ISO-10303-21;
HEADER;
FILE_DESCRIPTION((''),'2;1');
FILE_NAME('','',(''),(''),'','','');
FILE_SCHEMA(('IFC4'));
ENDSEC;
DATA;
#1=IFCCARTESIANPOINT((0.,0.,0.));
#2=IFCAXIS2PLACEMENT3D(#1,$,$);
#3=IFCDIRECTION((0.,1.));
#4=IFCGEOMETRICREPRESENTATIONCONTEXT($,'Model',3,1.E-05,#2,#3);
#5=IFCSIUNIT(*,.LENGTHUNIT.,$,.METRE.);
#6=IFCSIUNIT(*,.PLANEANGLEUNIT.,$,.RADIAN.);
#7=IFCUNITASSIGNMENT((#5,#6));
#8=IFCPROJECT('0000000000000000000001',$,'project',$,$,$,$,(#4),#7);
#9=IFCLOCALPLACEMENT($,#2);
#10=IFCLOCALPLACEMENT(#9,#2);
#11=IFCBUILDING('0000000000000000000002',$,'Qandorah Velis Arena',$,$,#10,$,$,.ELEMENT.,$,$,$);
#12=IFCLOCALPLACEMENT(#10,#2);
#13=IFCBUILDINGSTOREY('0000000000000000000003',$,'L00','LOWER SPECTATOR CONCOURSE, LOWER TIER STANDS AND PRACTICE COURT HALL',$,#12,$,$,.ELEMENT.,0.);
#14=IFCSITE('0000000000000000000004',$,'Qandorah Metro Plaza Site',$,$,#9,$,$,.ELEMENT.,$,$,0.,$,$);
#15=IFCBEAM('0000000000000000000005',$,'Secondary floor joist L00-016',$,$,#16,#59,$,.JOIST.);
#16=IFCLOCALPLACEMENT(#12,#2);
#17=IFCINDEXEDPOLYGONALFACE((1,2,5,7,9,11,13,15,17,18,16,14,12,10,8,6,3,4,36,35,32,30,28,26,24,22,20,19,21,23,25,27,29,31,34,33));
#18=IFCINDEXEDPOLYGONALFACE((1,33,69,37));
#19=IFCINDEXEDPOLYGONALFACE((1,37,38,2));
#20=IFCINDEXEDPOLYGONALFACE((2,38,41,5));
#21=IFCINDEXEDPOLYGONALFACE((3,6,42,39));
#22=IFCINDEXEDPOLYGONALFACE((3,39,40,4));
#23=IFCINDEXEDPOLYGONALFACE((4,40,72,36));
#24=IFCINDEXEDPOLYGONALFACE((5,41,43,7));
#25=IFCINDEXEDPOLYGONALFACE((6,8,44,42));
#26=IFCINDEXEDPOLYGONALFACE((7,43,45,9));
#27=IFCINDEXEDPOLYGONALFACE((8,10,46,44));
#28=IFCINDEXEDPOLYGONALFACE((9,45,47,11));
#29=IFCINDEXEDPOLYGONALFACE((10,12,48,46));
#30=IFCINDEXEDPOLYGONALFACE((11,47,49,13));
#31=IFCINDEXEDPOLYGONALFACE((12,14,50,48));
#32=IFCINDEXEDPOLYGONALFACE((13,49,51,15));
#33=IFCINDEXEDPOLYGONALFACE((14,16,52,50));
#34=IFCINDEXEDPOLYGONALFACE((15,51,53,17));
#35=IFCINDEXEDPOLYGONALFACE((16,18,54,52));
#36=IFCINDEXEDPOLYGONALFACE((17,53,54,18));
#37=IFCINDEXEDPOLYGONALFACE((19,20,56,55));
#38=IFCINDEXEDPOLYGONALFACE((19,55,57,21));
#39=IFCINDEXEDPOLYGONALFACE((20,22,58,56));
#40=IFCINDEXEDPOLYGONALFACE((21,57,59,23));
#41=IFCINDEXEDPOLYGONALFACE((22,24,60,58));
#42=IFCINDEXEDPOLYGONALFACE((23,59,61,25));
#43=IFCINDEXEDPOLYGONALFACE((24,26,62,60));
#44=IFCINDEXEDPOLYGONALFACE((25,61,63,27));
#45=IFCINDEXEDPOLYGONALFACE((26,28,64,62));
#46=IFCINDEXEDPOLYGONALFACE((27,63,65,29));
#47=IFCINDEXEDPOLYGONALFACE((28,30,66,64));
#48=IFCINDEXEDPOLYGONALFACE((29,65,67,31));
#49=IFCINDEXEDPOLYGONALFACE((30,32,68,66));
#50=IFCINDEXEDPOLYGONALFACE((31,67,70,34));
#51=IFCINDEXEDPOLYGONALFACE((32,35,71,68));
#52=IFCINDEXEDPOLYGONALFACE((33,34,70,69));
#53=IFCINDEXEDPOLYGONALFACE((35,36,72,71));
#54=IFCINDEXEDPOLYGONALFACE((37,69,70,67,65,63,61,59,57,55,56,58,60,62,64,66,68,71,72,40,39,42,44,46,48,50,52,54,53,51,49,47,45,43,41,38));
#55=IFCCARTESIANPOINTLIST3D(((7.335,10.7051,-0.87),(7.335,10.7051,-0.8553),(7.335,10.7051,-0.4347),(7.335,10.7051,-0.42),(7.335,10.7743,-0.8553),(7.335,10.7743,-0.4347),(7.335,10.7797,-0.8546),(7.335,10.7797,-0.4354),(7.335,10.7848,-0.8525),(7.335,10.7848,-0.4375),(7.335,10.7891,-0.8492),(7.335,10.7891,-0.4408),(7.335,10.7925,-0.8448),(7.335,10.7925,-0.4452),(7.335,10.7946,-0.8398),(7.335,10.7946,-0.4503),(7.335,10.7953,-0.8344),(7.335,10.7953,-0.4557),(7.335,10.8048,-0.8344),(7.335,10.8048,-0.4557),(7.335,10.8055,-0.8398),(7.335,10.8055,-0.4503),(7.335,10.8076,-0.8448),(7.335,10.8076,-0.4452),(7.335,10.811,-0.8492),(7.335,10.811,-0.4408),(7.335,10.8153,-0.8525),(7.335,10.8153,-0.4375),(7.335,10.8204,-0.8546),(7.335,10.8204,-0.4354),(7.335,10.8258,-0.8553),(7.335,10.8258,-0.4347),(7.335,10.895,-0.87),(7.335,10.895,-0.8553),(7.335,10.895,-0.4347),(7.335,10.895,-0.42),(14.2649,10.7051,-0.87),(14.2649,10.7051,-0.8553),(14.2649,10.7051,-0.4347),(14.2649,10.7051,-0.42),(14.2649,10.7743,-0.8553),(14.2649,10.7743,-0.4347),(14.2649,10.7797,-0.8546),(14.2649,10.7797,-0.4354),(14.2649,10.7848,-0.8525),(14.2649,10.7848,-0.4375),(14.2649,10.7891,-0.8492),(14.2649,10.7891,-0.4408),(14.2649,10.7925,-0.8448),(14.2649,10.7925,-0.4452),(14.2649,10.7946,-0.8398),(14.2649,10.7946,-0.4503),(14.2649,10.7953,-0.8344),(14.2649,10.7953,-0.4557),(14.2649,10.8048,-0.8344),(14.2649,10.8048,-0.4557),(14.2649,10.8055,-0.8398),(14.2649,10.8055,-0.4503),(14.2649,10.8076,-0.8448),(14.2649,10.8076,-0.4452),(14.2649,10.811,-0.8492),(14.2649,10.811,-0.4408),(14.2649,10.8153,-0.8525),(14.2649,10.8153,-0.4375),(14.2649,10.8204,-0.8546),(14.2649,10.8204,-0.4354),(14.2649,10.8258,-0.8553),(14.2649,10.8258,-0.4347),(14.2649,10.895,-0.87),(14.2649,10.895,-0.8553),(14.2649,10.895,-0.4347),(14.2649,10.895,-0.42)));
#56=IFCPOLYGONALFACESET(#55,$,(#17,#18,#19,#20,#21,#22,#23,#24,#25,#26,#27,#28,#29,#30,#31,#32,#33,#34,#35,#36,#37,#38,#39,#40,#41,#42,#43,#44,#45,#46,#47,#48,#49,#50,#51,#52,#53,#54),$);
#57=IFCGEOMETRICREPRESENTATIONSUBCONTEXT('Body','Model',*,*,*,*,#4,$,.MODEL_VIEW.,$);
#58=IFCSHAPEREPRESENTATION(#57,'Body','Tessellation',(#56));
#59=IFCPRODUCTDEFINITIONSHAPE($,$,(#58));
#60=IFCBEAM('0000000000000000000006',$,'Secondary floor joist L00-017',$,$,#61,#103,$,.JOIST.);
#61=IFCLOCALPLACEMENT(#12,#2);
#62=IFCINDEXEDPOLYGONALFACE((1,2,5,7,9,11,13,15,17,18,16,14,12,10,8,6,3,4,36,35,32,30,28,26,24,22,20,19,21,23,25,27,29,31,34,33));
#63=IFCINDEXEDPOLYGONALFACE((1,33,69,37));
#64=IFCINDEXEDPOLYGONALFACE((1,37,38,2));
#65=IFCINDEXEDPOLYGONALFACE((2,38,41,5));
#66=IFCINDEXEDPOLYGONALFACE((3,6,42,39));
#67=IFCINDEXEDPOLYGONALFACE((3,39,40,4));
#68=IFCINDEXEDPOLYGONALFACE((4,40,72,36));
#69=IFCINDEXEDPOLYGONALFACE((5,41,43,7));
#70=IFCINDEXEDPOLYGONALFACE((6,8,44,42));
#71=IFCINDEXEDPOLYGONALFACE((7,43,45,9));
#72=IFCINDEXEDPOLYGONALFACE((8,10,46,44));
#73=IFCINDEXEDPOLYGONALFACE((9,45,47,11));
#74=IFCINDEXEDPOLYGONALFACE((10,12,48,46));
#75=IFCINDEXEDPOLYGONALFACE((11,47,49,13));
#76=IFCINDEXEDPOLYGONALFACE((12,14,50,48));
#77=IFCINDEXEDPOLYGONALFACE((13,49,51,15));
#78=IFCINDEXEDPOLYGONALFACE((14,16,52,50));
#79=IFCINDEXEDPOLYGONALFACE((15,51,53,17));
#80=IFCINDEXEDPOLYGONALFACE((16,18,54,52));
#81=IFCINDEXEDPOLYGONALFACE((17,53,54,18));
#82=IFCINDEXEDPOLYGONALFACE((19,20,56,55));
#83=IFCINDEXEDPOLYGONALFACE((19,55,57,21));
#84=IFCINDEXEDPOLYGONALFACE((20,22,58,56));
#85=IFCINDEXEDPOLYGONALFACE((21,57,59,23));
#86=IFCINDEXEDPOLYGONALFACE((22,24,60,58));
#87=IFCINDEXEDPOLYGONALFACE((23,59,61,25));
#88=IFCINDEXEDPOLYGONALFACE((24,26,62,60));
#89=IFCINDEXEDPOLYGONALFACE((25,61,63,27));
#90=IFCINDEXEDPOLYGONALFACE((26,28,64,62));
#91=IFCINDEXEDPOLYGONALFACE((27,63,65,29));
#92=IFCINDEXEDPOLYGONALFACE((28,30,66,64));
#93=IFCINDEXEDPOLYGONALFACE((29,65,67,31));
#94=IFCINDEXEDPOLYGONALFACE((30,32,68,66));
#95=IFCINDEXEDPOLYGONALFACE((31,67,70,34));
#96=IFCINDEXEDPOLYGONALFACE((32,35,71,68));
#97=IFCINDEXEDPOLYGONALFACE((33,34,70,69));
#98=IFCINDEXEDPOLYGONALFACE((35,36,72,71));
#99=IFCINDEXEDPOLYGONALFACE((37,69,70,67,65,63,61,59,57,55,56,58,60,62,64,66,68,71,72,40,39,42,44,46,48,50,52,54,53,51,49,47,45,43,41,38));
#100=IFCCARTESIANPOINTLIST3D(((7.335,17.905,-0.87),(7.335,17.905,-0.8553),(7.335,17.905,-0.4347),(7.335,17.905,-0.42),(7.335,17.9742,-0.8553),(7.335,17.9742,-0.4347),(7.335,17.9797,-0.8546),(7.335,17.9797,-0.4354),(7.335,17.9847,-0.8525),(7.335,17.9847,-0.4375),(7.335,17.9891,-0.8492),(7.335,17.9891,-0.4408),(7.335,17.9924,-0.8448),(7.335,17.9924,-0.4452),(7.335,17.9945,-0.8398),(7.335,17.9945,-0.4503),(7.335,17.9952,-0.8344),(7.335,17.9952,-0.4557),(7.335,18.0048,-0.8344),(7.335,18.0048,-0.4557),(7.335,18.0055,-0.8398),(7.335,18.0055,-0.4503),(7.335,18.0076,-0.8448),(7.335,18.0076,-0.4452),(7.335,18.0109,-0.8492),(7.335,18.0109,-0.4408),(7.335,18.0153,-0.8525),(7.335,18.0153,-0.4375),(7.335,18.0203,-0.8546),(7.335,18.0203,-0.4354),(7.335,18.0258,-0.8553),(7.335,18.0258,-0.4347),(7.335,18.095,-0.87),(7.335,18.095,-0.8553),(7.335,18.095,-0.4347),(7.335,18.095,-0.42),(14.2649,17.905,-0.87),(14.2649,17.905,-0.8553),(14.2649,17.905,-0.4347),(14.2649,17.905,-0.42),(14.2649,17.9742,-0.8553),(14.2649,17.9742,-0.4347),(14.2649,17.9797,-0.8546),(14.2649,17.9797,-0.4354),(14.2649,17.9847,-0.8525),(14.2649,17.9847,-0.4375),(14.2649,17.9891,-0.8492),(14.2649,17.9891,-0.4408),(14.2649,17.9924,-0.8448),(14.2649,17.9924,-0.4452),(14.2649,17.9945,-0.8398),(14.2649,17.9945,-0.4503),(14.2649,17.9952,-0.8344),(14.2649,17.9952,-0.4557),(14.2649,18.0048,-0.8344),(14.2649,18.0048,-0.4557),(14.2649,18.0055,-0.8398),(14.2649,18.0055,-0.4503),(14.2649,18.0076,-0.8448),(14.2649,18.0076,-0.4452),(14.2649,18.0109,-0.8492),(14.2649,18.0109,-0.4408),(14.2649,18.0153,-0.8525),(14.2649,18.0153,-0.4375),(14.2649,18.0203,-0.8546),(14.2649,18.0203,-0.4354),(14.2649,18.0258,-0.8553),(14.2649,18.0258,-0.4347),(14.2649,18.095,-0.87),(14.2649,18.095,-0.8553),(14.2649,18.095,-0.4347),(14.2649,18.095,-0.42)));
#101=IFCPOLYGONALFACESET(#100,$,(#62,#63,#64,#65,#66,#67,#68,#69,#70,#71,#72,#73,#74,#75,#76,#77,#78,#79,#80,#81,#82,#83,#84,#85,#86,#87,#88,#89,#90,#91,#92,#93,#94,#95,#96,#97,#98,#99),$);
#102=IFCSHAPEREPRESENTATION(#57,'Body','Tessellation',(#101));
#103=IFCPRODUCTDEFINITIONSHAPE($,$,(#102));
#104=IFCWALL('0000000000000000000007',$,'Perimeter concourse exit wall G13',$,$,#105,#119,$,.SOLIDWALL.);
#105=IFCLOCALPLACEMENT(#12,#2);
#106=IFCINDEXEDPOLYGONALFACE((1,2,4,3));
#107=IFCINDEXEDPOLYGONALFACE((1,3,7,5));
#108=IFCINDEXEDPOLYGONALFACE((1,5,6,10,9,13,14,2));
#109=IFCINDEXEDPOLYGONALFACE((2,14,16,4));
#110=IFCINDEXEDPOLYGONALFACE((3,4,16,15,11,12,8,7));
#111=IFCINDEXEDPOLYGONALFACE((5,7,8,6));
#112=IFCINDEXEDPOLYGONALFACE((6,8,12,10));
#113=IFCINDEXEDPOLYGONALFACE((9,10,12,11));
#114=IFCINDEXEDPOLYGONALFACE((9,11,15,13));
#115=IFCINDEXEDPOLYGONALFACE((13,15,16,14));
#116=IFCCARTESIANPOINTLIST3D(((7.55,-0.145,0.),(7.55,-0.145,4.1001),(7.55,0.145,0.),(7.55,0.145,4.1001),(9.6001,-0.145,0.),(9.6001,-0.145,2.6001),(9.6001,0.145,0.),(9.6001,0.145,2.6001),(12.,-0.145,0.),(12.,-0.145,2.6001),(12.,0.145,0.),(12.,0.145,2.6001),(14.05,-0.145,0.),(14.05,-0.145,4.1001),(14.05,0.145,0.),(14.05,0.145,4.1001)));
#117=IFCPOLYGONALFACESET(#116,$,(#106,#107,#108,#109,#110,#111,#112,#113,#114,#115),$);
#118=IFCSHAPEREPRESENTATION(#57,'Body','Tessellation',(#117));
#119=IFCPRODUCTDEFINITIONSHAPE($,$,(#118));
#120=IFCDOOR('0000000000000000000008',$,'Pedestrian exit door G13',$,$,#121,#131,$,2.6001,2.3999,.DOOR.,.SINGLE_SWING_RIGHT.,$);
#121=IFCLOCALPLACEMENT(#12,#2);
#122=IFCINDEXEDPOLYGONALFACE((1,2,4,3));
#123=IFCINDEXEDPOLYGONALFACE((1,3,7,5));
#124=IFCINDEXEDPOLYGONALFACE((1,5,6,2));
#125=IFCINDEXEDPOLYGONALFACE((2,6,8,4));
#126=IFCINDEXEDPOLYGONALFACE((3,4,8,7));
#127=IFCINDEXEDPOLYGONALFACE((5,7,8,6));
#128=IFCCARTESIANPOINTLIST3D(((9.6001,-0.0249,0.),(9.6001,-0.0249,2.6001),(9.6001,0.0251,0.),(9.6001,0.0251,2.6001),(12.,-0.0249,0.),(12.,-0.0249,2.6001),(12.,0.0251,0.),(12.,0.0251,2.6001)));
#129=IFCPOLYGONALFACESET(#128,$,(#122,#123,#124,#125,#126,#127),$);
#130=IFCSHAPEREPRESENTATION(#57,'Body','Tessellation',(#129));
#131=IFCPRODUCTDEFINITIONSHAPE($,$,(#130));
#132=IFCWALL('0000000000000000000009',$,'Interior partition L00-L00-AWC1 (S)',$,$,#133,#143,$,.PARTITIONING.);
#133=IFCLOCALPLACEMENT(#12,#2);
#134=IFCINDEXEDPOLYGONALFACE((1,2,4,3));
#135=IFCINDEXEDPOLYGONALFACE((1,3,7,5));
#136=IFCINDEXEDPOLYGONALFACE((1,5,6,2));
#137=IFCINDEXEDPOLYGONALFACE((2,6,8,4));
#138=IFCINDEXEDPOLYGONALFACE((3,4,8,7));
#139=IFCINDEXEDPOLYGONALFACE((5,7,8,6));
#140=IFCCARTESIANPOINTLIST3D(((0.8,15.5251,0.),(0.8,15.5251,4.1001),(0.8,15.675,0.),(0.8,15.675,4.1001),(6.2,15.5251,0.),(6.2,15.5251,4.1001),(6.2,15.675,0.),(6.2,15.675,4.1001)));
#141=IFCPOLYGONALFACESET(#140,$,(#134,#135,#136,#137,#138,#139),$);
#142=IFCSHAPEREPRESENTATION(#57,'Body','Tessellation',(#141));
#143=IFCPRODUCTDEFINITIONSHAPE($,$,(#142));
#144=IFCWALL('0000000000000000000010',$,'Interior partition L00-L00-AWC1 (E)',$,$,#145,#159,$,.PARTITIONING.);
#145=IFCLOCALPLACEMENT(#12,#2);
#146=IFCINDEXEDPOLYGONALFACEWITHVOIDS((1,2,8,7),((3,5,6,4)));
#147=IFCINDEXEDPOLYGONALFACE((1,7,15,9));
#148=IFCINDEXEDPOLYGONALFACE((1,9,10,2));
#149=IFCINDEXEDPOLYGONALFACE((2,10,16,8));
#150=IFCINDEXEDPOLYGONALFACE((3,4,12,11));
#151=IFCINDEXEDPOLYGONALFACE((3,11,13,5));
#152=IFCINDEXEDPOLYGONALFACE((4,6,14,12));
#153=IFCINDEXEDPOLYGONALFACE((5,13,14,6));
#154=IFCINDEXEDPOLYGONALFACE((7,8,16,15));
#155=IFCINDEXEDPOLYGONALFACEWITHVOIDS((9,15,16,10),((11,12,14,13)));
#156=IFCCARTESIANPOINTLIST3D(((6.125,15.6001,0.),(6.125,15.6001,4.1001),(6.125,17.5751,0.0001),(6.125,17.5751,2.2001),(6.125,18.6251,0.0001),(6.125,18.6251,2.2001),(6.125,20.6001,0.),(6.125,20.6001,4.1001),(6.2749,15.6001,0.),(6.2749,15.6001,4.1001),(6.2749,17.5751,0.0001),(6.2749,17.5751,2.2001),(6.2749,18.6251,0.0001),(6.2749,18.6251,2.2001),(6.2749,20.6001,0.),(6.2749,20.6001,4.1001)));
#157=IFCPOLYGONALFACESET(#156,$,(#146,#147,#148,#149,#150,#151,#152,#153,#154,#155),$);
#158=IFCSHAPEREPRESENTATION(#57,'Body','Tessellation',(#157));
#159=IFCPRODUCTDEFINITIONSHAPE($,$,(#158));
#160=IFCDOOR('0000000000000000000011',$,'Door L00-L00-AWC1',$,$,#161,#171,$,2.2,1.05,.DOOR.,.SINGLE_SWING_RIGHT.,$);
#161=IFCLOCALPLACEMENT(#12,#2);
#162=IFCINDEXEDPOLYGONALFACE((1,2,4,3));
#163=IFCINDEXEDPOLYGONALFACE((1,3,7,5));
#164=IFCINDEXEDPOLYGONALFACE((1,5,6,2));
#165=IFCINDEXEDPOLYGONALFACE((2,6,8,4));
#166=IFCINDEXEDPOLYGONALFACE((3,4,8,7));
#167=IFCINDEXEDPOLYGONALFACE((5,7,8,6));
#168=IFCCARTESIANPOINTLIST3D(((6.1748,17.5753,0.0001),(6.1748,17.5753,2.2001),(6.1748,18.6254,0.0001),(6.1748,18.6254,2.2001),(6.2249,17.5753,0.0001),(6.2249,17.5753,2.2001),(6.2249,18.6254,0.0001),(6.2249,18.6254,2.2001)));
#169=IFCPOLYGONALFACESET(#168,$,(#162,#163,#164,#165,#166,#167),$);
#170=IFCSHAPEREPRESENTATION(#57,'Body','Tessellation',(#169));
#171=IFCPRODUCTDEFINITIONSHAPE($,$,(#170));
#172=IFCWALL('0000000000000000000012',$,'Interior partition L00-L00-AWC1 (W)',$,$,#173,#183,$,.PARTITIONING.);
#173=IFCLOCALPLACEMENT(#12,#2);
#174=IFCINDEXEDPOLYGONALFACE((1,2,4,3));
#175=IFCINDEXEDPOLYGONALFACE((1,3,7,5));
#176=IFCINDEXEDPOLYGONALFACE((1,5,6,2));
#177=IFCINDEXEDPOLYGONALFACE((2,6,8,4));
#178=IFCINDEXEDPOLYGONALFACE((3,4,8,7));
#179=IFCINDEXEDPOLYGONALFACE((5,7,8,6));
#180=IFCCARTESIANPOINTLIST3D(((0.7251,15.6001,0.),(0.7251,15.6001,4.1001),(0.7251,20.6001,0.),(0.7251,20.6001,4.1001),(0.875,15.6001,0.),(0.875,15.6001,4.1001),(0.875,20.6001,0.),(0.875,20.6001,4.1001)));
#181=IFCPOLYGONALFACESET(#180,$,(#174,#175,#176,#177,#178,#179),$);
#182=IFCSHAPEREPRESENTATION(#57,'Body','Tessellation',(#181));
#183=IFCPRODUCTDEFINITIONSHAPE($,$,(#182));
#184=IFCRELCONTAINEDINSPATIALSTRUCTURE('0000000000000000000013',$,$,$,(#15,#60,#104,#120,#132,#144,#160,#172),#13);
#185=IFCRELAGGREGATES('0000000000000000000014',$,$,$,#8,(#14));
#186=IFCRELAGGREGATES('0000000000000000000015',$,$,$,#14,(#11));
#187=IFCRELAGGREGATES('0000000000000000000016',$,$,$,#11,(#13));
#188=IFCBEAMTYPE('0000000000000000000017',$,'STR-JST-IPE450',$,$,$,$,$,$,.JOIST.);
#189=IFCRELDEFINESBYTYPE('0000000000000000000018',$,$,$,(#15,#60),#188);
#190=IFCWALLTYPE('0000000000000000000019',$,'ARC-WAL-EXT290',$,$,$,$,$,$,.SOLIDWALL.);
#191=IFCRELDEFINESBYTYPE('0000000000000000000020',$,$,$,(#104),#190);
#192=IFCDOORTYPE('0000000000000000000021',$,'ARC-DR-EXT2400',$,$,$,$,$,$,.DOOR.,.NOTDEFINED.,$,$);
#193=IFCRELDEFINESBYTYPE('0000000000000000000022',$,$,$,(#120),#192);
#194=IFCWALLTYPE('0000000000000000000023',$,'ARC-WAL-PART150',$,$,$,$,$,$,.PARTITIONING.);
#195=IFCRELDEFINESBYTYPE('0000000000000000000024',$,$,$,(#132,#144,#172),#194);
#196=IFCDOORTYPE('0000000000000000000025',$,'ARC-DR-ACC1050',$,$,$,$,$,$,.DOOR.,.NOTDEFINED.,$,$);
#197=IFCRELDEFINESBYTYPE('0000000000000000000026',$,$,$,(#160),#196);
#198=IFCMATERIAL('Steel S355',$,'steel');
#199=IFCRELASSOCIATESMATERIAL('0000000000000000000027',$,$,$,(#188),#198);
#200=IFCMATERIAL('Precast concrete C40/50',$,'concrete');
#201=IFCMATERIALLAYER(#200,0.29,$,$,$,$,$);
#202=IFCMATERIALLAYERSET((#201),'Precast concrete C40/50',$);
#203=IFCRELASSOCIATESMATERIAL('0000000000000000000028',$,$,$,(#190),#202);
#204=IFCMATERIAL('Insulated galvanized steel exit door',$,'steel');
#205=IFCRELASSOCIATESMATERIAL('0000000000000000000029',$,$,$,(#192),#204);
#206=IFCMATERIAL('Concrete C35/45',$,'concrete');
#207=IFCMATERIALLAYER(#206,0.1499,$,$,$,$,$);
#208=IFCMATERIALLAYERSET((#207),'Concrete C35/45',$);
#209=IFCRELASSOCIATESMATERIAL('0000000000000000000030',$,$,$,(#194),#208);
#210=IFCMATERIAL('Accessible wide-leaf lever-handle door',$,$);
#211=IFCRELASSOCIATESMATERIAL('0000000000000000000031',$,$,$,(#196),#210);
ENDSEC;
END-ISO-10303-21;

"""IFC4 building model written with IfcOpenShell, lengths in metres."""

from ifc_helpers import new_model, si_unit, direction, frame, frame_2d, origin, origin_2d, place, context, subcontext, project, spatial, rectangle, i_section, extrude, material, layer, layer_set, material_profile, profile_set, type_object, element, fill, save


model = new_model("IFC4")

# Units and contexts
model_context = context("Model", 3, precision=1e-05, world=origin(), true_north=direction((0.0, 1.0)))
body_context = subcontext(model_context, "Body", "Model", "MODEL_VIEW")
ifc_project = project(units=[si_unit("LENGTHUNIT", "METRE"), si_unit("PLANEANGLEUNIT", "RADIAN")], contexts=[model_context])

# Site, building, storey
site_placement = place(None, origin())
site = spatial("IfcSite", under=ifc_project, at=site_placement, Name="Qandorah Metro Plaza Site", CompositionType="ELEMENT", RefElevation=0.0)
building_placement = place(site_placement, origin())
building = spatial("IfcBuilding", under=site, at=building_placement, Name="Qandorah Velis Arena", CompositionType="ELEMENT")
storey_placement = place(building_placement, origin())
storey = spatial("IfcBuildingStorey", under=building, at=storey_placement, Name="L00", Description="LOWER SPECTATOR CONCOURSE, LOWER TIER STANDS AND PRACTICE COURT HALL", CompositionType="ELEMENT", Elevation=0.0)

# Beams
ifc_material_1 = material(Name="Steel S355", Category="steel")
ifc_material_profile_1 = material_profile(ifc_material_1, i_section(OverallWidth=0.1899, OverallDepth=0.45, WebThickness=0.0095, FlangeThickness=0.0146, FilletRadius=0.021, at=origin_2d()), Name="IPE 450")
ifc_profile_set_1 = profile_set([ifc_material_profile_1], Name="Steel S355")
beam_type_1 = type_object("IfcBeamType", Name="STR-JST-IPE450", PredefinedType="JOIST", material=ifc_profile_set_1)
for number, where, z_axis, x_axis, name in (
    (1, (7.335, 10.8, -0.645), (1.0, 0.0, 0.0), (0.0, 1.0, 0.0), "Secondary floor joist L00-016"),
    (2, (7.335, 18.0, -0.645), (1.0, 0.0, 0.0), (0.0, 1.0, 0.0), "Secondary floor joist L00-017"),
):
    element("IfcBeam", number, at=place(storey_placement, frame(where, z_axis=z_axis, x_axis=x_axis)), inside=storey, type_object=beam_type_1, Name=name, PredefinedType="JOIST", context=body_context, shape_type="SweptSolid", body=[
        extrude(i_section(OverallWidth=0.1899, OverallDepth=0.45, WebThickness=0.0095, FlangeThickness=0.0146, FilletRadius=0.021, at=origin_2d()), origin(), (0.0, 0.0, 1.0), 6.9299),
    ])

# Wall, opening, door
ifc_material_2 = material(Name="Precast concrete C40/50", Category="concrete")
ifc_layer_1 = layer(ifc_material_2, 0.29)
ifc_layer_set_1 = layer_set([ifc_layer_1], Name="Precast concrete C40/50")
wall_type_1 = type_object("IfcWallType", Name="ARC-WAL-EXT290", PredefinedType="SOLIDWALL", material=ifc_layer_set_1)
wall_1_placement = place(storey_placement, frame((7.55, 0.0, 0.0), z_axis=(0.0, 0.0, 1.0), x_axis=(1.0, 0.0, 0.0)))
wall_1 = element("IfcWall", 3, at=wall_1_placement, inside=storey, type_object=wall_type_1, Name="Perimeter concourse exit wall G13", PredefinedType="SOLIDWALL", context=body_context, shape_type="SweptSolid", body=[
    extrude(rectangle(XDim=6.5, YDim=0.29, at=frame_2d((3.25, 0.0))), origin(), (0.0, 0.0, 1.0), 4.1001),
])
opening_1_placement = place(wall_1_placement, frame((2.05, 0.0, 0.0)))
opening_1 = element("IfcOpeningElement", 4, at=opening_1_placement, cuts=wall_1, PredefinedType="OPENING", context=body_context, shape_type="SweptSolid", body=[
    extrude(rectangle(XDim=2.3999, YDim=2.6001, at=frame_2d((1.2, 1.3))), frame((0.0, 0.155, 0.0), z_axis=(0.0, -1.0, 0.0), x_axis=(1.0, 0.0, 0.0)), (0.0, 0.0, 1.0), 0.3101),
])
ifc_material_3 = material(Name="Insulated galvanized steel exit door", Category="steel")
door_type_1 = type_object("IfcDoorType", Name="ARC-DR-EXT2400", OperationType="NOTDEFINED", PredefinedType="DOOR", material=ifc_material_3)
door_1_placement = place(opening_1_placement, frame((2.3999, 0.0, 0.0), z_axis=(0.0, 0.0, 1.0), x_axis=(-1.0, 0.0, 0.0)))
door_1 = element("IfcDoor", 5, at=door_1_placement, inside=storey, type_object=door_type_1, Name="Pedestrian exit door G13", OperationType="SINGLE_SWING_RIGHT", OverallHeight=2.6001, OverallWidth=2.3999, PredefinedType="DOOR", context=body_context, shape_type="SweptSolid", body=[
    extrude(rectangle(XDim=2.3999, YDim=2.6001, at=frame_2d((1.2, 1.3))), frame((0.0, 0.0249, 0.0), z_axis=(0.0, -1.0, 0.0), x_axis=(1.0, 0.0, 0.0)), (0.0, 0.0, 1.0), 0.05),
])
fill(opening_1, door_1)

# Wall
ifc_material_4 = material(Name="Concrete C35/45", Category="concrete")
ifc_layer_2 = layer(ifc_material_4, 0.1499)
ifc_layer_set_2 = layer_set([ifc_layer_2], Name="Concrete C35/45")
wall_type_2 = type_object("IfcWallType", Name="ARC-WAL-PART150", PredefinedType="PARTITIONING", material=ifc_layer_set_2)
wall_2_placement = place(storey_placement, frame((0.8, 15.6001, 0.0), z_axis=(0.0, 0.0, 1.0), x_axis=(1.0, 0.0, 0.0)))
element("IfcWall", 6, at=wall_2_placement, inside=storey, type_object=wall_type_2, Name="Interior partition L00-L00-AWC1 (S)", PredefinedType="PARTITIONING", context=body_context, shape_type="SweptSolid", body=[
    extrude(rectangle(XDim=5.3999, YDim=0.1499, at=frame_2d((2.7, 0.0))), origin(), (0.0, 0.0, 1.0), 4.1001),
])

# Wall, opening, door
wall_3_placement = place(storey_placement, frame((6.2, 15.6001, 0.0), z_axis=(0.0, 0.0, 1.0), x_axis=(0.0, 1.0, 0.0)))
wall_3 = element("IfcWall", 7, at=wall_3_placement, inside=storey, type_object=wall_type_2, Name="Interior partition L00-L00-AWC1 (E)", PredefinedType="PARTITIONING", context=body_context, shape_type="SweptSolid", body=[
    extrude(rectangle(XDim=5.0, YDim=0.1499, at=frame_2d((2.5, 0.0))), origin(), (0.0, 0.0, 1.0), 4.1001),
])
opening_2_placement = place(wall_3_placement, frame((1.9751, 0.0, 0.0)))
opening_2 = element("IfcOpeningElement", 8, at=opening_2_placement, cuts=wall_3, PredefinedType="OPENING", context=body_context, shape_type="SweptSolid", body=[
    extrude(rectangle(XDim=1.05, YDim=2.2, at=frame_2d((0.5249, 1.1001))), frame((0.0, 0.085, 0.0), z_axis=(0.0, -1.0, 0.0), x_axis=(1.0, 0.0, 0.0)), (0.0, 0.0, 1.0), 0.1699),
])
ifc_material_5 = material(Name="Accessible wide-leaf lever-handle door")
door_type_2 = type_object("IfcDoorType", Name="ARC-DR-ACC1050", OperationType="NOTDEFINED", PredefinedType="DOOR", material=ifc_material_5)
door_2_placement = place(opening_2_placement, frame((1.05, 0.0, 0.0), z_axis=(0.0, 0.0, 1.0), x_axis=(-1.0, 0.0, 0.0)))
door_2 = element("IfcDoor", 9, at=door_2_placement, inside=storey, type_object=door_type_2, Name="Door L00-L00-AWC1", OperationType="SINGLE_SWING_RIGHT", OverallHeight=2.2, OverallWidth=1.05, PredefinedType="DOOR", context=body_context, shape_type="SweptSolid", body=[
    extrude(rectangle(XDim=1.05, YDim=2.2, at=frame_2d((0.5249, 1.1001))), frame((0.0, 0.0249, 0.0), z_axis=(0.0, -1.0, 0.0), x_axis=(1.0, 0.0, 0.0)), (0.0, 0.0, 1.0), 0.05),
])
fill(opening_2, door_2)

# Wall
wall_4_placement = place(storey_placement, frame((0.8, 20.6001, 0.0), z_axis=(0.0, 0.0, 1.0), x_axis=(0.0, -1.0, 0.0)))
element("IfcWall", 10, at=wall_4_placement, inside=storey, type_object=wall_type_2, Name="Interior partition L00-L00-AWC1 (W)", PredefinedType="PARTITIONING", context=body_context, shape_type="SweptSolid", body=[
    extrude(rectangle(XDim=5.0, YDim=0.1499, at=frame_2d((2.5, 0.0))), origin(), (0.0, 0.0, 1.0), 4.1001),
])

save(model, "model.ifc")
